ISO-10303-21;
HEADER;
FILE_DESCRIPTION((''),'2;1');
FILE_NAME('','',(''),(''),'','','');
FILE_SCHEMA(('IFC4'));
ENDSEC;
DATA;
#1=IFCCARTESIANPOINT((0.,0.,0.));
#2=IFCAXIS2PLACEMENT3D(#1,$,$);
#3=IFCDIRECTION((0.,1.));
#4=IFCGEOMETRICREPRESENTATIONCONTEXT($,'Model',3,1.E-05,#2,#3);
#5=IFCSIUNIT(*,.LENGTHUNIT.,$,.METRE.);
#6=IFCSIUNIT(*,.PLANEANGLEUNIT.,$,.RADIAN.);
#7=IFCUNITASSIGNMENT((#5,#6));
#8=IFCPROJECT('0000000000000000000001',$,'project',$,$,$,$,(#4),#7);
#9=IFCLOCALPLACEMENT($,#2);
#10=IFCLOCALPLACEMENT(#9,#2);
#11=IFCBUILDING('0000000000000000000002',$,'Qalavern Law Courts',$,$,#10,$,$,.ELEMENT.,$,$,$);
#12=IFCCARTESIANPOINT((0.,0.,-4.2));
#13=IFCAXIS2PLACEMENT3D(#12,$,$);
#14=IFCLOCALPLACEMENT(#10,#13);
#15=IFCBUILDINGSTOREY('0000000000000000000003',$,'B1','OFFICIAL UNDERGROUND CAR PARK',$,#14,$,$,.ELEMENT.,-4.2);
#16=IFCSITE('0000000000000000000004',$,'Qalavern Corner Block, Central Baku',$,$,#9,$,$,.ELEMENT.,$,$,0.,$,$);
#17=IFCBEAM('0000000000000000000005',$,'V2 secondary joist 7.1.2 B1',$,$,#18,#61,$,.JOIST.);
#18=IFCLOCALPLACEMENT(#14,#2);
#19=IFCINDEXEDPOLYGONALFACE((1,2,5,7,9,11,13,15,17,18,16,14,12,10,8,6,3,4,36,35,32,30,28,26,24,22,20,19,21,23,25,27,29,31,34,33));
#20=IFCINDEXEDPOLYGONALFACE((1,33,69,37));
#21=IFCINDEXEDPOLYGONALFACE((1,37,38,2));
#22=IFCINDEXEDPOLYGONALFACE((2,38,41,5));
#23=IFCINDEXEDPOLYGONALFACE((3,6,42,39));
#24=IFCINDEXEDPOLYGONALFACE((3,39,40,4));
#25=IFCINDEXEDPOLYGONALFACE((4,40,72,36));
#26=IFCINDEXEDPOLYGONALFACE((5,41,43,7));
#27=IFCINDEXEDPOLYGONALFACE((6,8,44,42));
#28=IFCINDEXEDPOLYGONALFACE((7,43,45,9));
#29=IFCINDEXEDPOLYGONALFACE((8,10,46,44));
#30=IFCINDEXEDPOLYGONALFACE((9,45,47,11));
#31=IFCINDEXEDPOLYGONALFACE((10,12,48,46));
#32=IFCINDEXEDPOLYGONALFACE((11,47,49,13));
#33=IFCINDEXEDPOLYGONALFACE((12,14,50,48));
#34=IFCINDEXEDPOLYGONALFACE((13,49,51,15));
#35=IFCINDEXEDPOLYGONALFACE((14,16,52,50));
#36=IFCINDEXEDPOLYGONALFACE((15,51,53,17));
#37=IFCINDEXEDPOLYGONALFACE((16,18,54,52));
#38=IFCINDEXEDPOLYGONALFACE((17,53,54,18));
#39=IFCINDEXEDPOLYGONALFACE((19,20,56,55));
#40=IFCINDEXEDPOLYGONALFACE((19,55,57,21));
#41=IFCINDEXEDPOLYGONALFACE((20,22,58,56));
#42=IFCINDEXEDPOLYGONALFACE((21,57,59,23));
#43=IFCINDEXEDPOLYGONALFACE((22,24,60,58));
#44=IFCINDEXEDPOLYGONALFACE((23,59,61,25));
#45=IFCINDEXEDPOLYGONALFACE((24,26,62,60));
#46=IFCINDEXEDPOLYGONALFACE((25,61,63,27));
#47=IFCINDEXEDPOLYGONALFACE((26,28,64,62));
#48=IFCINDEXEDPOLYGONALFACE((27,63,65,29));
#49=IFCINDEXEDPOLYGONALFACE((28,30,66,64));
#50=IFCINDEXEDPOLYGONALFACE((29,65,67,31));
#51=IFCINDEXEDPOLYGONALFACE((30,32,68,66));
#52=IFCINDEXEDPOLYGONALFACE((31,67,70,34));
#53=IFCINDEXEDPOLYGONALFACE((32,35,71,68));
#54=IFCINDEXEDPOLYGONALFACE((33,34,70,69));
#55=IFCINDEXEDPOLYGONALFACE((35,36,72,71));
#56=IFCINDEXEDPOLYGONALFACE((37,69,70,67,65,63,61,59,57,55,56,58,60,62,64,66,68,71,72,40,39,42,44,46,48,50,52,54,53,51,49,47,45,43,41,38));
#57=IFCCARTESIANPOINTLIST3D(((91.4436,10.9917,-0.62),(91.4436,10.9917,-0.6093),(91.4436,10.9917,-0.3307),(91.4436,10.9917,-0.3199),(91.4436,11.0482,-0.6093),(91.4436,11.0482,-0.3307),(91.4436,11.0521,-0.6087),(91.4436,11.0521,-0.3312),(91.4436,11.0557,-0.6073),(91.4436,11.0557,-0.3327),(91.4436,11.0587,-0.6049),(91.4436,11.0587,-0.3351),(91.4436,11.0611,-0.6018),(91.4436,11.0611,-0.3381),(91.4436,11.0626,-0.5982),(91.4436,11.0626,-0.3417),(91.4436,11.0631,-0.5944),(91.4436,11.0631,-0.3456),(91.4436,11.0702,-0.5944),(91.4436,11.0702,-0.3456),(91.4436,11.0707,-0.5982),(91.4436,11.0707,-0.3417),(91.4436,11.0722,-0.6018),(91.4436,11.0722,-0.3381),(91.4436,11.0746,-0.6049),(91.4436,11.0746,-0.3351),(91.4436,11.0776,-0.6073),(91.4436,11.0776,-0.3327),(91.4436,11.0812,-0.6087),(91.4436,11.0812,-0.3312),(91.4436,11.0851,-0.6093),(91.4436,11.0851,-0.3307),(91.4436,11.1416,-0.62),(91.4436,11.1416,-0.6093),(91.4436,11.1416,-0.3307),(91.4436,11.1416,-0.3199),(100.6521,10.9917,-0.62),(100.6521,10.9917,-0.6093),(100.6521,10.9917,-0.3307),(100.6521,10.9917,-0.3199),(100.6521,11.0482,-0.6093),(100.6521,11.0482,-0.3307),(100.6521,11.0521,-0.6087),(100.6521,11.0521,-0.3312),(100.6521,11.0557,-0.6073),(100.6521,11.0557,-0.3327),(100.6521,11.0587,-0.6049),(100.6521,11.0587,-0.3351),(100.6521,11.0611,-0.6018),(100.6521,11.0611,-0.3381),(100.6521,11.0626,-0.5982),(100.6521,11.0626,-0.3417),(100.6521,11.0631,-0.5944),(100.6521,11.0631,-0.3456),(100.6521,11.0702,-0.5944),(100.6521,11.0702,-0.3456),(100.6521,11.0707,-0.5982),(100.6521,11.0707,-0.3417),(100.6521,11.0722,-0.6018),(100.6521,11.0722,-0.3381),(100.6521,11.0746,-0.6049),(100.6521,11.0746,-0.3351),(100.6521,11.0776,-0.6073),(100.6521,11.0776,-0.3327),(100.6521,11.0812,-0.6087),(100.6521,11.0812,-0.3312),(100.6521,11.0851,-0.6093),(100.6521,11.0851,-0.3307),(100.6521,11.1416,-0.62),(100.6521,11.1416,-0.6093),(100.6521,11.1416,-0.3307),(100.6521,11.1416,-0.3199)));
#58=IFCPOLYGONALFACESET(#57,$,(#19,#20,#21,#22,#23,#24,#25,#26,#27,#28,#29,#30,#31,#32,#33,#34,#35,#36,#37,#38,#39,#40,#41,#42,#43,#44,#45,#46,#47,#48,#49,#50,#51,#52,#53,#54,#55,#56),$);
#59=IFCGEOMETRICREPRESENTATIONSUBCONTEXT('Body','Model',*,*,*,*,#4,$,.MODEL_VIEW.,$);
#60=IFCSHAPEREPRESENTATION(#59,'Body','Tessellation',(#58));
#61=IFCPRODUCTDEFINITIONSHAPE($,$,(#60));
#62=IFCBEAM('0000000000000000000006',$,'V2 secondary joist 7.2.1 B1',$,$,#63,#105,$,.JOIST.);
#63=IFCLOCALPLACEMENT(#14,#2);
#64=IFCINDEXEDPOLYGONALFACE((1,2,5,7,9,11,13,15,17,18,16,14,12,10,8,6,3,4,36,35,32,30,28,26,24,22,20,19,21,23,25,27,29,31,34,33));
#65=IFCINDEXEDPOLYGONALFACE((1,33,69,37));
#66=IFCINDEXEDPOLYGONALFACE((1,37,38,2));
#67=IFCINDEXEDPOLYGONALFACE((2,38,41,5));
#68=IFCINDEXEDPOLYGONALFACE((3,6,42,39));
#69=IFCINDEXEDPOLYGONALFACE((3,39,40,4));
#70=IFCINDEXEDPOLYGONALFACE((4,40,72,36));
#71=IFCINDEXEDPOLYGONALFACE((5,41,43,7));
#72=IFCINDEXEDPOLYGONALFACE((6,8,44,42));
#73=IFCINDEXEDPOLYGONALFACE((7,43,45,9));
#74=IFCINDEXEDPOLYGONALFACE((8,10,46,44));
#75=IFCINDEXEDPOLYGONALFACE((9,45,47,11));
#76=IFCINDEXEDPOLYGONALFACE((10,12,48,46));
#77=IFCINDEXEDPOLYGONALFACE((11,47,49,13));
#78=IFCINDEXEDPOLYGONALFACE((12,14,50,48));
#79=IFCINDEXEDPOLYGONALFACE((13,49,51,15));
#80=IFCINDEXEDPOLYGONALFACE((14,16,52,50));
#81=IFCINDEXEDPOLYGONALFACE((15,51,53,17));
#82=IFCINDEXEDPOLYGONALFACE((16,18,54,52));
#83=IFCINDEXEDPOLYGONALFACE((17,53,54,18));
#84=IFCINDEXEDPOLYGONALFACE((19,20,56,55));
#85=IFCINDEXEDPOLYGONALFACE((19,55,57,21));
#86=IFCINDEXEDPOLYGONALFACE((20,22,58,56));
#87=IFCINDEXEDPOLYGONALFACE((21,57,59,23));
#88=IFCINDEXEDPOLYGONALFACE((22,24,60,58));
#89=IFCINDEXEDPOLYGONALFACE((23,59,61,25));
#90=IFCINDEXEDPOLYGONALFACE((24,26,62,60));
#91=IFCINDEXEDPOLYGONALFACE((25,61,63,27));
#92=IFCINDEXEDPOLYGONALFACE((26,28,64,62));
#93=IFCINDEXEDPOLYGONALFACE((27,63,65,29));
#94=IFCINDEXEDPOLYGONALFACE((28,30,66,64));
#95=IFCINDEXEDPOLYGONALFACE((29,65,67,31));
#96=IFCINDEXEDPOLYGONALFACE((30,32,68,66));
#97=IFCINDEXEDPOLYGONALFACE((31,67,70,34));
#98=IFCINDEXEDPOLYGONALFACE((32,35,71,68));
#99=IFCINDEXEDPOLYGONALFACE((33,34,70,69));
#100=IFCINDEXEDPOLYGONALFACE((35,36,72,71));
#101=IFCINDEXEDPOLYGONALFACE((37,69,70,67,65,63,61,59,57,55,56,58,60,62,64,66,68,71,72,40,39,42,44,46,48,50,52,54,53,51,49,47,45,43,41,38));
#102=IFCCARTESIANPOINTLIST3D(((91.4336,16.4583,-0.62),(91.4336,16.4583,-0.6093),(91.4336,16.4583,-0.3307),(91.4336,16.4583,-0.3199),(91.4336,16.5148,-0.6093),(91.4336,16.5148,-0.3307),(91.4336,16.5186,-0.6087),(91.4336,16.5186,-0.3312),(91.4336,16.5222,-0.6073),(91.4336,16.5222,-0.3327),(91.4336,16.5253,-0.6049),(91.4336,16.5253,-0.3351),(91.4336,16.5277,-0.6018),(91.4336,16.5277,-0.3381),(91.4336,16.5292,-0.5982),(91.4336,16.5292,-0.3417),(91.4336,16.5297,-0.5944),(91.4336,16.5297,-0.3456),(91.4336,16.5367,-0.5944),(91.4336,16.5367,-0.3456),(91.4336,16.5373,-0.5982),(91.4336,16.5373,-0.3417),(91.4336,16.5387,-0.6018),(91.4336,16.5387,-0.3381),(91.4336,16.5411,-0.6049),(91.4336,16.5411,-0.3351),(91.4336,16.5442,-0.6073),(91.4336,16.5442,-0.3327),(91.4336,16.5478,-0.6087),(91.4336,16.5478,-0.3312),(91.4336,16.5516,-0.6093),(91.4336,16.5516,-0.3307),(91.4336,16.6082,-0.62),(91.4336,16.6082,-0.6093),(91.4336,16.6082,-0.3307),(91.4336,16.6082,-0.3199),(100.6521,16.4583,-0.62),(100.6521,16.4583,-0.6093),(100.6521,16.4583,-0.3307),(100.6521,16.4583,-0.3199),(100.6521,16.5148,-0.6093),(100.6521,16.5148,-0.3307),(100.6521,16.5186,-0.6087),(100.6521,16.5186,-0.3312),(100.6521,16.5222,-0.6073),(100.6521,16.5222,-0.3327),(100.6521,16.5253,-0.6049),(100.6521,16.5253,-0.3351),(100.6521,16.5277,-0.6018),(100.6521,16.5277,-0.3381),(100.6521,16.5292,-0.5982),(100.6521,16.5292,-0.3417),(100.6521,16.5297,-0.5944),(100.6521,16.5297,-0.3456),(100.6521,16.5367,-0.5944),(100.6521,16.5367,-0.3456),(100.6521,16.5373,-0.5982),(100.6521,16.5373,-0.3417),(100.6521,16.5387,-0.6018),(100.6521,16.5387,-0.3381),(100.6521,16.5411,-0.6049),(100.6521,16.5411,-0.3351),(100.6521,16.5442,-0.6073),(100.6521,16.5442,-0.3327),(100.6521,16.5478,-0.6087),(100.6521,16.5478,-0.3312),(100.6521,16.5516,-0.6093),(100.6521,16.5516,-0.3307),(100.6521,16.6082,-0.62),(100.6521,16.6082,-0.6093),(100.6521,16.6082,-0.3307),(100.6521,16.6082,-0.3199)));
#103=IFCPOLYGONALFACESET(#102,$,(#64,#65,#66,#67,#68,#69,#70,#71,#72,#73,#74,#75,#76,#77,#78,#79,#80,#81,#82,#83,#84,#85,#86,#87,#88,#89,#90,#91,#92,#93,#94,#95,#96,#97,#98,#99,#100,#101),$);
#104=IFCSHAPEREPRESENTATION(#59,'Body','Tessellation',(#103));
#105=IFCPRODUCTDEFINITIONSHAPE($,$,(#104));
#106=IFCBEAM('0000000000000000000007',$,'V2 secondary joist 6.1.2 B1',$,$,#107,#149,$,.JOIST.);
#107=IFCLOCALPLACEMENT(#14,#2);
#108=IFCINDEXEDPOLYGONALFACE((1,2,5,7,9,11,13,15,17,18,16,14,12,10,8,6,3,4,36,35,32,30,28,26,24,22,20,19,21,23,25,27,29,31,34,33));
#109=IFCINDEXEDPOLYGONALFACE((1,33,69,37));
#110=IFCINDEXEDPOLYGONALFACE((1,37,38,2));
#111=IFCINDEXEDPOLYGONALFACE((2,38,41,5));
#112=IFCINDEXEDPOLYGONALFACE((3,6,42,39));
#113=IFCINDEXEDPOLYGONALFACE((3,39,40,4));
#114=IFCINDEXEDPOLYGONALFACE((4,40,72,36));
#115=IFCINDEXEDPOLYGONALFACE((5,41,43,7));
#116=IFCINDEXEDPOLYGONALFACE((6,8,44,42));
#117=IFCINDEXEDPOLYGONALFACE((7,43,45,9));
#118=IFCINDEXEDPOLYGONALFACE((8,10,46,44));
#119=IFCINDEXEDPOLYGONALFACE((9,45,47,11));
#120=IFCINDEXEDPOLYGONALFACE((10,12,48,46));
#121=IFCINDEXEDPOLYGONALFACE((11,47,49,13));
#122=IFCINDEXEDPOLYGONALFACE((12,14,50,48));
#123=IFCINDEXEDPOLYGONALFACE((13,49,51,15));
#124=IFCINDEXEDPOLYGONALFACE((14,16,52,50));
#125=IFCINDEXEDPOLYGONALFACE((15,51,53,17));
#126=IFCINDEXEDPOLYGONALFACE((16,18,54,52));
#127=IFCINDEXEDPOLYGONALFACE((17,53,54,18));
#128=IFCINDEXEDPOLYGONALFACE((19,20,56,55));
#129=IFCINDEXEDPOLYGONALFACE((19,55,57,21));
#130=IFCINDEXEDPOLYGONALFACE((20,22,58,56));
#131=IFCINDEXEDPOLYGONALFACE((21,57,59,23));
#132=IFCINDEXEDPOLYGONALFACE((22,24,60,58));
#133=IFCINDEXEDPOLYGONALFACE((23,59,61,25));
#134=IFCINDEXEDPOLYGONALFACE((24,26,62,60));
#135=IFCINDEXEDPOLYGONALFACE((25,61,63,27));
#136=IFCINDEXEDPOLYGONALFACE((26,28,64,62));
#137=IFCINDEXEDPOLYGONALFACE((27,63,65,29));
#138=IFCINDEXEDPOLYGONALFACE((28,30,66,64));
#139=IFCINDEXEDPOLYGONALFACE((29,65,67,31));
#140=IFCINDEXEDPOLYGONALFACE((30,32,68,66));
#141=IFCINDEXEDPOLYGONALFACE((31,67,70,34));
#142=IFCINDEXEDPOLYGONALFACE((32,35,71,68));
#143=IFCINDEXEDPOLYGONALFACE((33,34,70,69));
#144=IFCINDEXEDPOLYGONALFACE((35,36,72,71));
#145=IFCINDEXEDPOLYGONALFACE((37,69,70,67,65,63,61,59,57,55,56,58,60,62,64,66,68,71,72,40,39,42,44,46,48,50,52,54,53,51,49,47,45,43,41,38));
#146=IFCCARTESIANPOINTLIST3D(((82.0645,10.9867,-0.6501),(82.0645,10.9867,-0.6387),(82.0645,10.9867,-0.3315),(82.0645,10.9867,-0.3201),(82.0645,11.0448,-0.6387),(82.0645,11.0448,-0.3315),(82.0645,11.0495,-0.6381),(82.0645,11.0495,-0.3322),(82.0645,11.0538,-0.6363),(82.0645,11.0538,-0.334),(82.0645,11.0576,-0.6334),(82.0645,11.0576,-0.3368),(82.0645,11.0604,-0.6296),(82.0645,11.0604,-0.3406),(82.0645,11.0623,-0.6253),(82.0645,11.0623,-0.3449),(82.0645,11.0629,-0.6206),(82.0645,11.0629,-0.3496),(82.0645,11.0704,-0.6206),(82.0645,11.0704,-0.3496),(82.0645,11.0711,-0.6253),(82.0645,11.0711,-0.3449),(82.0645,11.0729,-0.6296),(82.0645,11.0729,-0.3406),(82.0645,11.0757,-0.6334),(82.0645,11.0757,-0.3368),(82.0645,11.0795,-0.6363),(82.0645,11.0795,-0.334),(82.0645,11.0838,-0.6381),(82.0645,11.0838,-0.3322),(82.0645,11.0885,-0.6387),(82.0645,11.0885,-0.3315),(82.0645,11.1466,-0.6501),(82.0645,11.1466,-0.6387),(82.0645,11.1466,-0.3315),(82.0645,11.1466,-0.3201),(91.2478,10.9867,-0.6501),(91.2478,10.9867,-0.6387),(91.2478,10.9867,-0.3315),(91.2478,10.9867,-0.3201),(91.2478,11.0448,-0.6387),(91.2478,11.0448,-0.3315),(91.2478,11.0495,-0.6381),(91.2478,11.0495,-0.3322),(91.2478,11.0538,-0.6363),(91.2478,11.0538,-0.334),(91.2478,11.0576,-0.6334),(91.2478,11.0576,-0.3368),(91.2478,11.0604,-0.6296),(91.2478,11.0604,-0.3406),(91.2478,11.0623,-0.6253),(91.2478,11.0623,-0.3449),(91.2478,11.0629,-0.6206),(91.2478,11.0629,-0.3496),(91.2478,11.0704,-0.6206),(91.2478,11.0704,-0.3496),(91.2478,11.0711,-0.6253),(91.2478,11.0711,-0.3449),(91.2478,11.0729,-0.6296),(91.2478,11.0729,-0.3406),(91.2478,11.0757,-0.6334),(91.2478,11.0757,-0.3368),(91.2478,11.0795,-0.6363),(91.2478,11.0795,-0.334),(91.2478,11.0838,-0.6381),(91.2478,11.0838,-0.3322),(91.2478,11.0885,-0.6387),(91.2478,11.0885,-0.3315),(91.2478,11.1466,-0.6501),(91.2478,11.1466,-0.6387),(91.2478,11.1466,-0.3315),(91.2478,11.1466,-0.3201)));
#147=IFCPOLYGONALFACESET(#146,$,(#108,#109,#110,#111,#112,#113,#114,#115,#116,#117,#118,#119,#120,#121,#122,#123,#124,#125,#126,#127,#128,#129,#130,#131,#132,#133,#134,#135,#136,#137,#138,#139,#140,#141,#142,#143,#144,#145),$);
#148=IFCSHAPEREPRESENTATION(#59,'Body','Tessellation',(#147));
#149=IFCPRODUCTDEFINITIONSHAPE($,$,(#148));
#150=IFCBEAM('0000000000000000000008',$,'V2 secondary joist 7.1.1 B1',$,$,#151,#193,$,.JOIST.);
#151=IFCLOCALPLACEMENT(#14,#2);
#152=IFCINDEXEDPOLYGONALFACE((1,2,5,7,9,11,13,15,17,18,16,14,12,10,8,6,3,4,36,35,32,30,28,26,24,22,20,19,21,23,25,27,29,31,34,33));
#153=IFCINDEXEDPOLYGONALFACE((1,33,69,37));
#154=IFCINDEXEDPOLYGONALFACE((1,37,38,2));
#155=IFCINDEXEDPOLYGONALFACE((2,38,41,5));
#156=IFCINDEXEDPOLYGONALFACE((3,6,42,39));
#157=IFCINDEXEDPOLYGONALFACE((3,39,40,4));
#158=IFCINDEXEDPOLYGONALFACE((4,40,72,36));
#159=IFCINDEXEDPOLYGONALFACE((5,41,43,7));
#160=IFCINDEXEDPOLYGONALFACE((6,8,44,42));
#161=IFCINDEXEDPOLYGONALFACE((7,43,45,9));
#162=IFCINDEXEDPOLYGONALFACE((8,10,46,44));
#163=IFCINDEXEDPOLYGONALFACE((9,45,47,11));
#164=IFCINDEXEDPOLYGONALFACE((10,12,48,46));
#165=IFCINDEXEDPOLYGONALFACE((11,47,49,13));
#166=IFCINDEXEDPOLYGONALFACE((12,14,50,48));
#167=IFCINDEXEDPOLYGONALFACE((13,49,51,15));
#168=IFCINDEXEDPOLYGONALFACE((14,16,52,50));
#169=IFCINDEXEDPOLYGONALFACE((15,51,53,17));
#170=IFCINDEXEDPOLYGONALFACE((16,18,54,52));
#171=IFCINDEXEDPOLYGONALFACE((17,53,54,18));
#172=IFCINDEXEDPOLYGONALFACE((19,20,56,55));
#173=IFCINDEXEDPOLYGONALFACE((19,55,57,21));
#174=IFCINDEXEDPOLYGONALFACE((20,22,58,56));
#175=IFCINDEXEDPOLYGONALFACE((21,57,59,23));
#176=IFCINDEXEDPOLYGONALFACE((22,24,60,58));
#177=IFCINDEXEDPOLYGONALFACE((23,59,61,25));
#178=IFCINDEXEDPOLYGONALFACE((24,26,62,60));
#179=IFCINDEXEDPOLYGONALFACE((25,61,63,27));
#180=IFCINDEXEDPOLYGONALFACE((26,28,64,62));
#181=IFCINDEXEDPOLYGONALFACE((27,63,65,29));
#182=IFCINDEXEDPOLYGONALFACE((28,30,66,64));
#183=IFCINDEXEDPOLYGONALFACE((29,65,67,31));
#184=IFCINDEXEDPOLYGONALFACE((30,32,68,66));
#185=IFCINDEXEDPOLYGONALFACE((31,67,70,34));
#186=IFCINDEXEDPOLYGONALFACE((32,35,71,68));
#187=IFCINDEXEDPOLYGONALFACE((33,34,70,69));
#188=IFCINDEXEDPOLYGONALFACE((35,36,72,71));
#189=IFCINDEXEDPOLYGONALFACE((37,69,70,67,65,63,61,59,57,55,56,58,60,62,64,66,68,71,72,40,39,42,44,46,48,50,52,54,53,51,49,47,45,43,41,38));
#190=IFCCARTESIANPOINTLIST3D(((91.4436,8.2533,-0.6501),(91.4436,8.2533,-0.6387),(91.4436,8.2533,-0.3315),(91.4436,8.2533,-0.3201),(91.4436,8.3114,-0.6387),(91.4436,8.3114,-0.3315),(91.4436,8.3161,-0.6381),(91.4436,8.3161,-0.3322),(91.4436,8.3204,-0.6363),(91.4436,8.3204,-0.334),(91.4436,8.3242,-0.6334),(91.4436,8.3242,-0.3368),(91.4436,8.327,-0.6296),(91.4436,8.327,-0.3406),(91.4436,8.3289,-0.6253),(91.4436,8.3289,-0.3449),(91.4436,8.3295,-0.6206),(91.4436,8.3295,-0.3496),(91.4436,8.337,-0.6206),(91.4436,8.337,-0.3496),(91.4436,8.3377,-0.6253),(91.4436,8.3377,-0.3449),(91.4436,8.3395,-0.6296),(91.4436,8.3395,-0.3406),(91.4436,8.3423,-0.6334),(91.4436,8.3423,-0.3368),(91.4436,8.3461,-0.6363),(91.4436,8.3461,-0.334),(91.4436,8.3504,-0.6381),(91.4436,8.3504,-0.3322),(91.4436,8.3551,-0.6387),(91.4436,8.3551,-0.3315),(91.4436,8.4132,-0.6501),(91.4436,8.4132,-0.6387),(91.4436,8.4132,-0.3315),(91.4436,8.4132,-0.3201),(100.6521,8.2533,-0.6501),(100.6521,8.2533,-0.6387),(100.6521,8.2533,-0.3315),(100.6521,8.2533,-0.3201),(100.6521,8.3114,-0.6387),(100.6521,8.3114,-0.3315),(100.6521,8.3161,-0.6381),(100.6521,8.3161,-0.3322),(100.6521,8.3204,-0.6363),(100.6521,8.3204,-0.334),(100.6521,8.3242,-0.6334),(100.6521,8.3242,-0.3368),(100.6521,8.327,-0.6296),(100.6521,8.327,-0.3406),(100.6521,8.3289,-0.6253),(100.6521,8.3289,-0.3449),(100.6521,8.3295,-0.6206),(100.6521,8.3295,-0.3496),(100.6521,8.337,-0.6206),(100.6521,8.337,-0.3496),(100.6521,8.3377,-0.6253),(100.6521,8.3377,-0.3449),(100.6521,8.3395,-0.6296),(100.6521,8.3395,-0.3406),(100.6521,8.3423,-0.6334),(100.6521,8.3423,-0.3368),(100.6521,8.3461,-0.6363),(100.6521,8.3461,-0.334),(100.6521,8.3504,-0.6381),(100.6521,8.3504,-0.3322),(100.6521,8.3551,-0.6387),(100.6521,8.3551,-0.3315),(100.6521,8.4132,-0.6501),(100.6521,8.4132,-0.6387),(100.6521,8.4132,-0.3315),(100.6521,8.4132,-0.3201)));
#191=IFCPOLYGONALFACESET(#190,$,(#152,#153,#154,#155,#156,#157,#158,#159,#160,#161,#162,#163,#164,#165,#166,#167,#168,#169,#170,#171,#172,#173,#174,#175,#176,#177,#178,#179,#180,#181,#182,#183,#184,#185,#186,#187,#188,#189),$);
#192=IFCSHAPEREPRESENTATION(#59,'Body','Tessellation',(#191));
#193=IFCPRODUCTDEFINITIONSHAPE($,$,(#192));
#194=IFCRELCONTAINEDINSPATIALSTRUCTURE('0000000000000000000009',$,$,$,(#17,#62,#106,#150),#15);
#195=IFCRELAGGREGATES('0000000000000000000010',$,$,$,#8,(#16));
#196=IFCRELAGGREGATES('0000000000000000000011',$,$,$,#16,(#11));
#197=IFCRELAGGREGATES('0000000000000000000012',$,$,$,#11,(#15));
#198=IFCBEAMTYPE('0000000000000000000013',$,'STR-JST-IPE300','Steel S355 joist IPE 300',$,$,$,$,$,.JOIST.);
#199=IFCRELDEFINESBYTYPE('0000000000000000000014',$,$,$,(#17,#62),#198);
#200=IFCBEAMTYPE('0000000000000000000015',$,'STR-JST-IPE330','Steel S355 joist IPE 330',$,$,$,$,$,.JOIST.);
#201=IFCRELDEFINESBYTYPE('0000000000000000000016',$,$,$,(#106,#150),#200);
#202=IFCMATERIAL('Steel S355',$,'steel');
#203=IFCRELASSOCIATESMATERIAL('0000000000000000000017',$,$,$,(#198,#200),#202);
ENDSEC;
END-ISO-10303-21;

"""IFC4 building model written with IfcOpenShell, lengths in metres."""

from ifc_helpers import new_model, si_unit, direction, frame, origin, origin_2d, place, context, subcontext, project, spatial, i_section, extrude, material, material_profile, profile_set, type_object, element, save


model = new_model("IFC4")

# Units and contexts
model_context = context("Model", 3, precision=1e-05, world=origin(), true_north=direction((0.0, 1.0)))
body_context = subcontext(model_context, "Body", "Model", "MODEL_VIEW")
ifc_project = project(units=[si_unit("LENGTHUNIT", "METRE"), si_unit("PLANEANGLEUNIT", "RADIAN")], contexts=[model_context])

# Site, building, storey
site_placement = place(None, origin())
site = spatial("IfcSite", under=ifc_project, at=site_placement, Name="Qalavern Corner Block, Central Baku", CompositionType="ELEMENT", RefElevation=0.0)
building_placement = place(site_placement, origin())
building = spatial("IfcBuilding", under=site, at=building_placement, Name="Qalavern Law Courts", CompositionType="ELEMENT")
storey_placement = place(building_placement, frame((0.0, 0.0, -4.2)))
storey = spatial("IfcBuildingStorey", under=building, at=storey_placement, Name="B1", Description="OFFICIAL UNDERGROUND CAR PARK", CompositionType="ELEMENT", Elevation=-4.2)

# Shared definitions
ifc_material_1 = material(Name="Steel S355", Category="steel")

# Beams
ifc_material_profile_1 = material_profile(ifc_material_1, i_section(OverallWidth=0.1499, OverallDepth=0.3, WebThickness=0.0071, FlangeThickness=0.0107, FilletRadius=0.0149, at=origin_2d()), Name="IPE 300")
ifc_profile_set_1 = profile_set([ifc_material_profile_1], Name="Steel S355")
beam_type_1 = type_object("IfcBeamType", Name="STR-JST-IPE300", Description="Steel S355 joist IPE 300", PredefinedType="JOIST", material=ifc_profile_set_1)
beam_1_placement = place(storey_placement, frame((91.4436, 11.0667, -0.47), z_axis=(1.0, 0.0, 0.0), x_axis=(0.0, 1.0, 0.0)))
element("IfcBeam", 1, at=beam_1_placement, inside=storey, type_object=beam_type_1, Name="V2 secondary joist 7.1.2 B1", PredefinedType="JOIST", context=body_context, shape_type="SweptSolid", body=[
    extrude(i_section(OverallWidth=0.1499, OverallDepth=0.3, WebThickness=0.0071, FlangeThickness=0.0107, FilletRadius=0.0149, at=origin_2d()), origin(), (0.0, 0.0, 1.0), 9.2085),
])
beam_2_placement = place(storey_placement, frame((91.4336, 16.5332, -0.47), z_axis=(1.0, 0.0, 0.0), x_axis=(0.0, 1.0, 0.0)))
element("IfcBeam", 2, at=beam_2_placement, inside=storey, type_object=beam_type_1, Name="V2 secondary joist 7.2.1 B1", PredefinedType="JOIST", context=body_context, shape_type="SweptSolid", body=[
    extrude(i_section(OverallWidth=0.1499, OverallDepth=0.3, WebThickness=0.0071, FlangeThickness=0.0107, FilletRadius=0.0149, at=origin_2d()), origin(), (0.0, 0.0, 1.0), 9.2185),
])
ifc_material_profile_2 = material_profile(ifc_material_1, i_section(OverallWidth=0.1599, OverallDepth=0.3301, WebThickness=0.0076, FlangeThickness=0.0115, FilletRadius=0.0181, at=origin_2d()), Name="IPE 330")
ifc_profile_set_2 = profile_set([ifc_material_profile_2], Name="Steel S355")
beam_type_2 = type_object("IfcBeamType", Name="STR-JST-IPE330", Description="Steel S355 joist IPE 330", PredefinedType="JOIST", material=ifc_profile_set_2)
beam_3_placement = place(storey_placement, frame((82.0645, 11.0667, -0.4851), z_axis=(1.0, 0.0, 0.0), x_axis=(0.0, 1.0, 0.0)))
element("IfcBeam", 3, at=beam_3_placement, inside=storey, type_object=beam_type_2, Name="V2 secondary joist 6.1.2 B1", PredefinedType="JOIST", context=body_context, shape_type="SweptSolid", body=[
    extrude(i_section(OverallWidth=0.1599, OverallDepth=0.3301, WebThickness=0.0076, FlangeThickness=0.0115, FilletRadius=0.0181, at=origin_2d()), origin(), (0.0, 0.0, 1.0), 9.1833),
])
beam_4_placement = place(storey_placement, frame((91.4436, 8.3333, -0.4851), z_axis=(1.0, 0.0, 0.0), x_axis=(0.0, 1.0, 0.0)))
element("IfcBeam", 4, at=beam_4_placement, inside=storey, type_object=beam_type_2, Name="V2 secondary joist 7.1.1 B1", PredefinedType="JOIST", context=body_context, shape_type="SweptSolid", body=[
    extrude(i_section(OverallWidth=0.1599, OverallDepth=0.3301, WebThickness=0.0076, FlangeThickness=0.0115, FilletRadius=0.0181, at=origin_2d()), origin(), (0.0, 0.0, 1.0), 9.2085),
])

save(model, "model.ifc")
